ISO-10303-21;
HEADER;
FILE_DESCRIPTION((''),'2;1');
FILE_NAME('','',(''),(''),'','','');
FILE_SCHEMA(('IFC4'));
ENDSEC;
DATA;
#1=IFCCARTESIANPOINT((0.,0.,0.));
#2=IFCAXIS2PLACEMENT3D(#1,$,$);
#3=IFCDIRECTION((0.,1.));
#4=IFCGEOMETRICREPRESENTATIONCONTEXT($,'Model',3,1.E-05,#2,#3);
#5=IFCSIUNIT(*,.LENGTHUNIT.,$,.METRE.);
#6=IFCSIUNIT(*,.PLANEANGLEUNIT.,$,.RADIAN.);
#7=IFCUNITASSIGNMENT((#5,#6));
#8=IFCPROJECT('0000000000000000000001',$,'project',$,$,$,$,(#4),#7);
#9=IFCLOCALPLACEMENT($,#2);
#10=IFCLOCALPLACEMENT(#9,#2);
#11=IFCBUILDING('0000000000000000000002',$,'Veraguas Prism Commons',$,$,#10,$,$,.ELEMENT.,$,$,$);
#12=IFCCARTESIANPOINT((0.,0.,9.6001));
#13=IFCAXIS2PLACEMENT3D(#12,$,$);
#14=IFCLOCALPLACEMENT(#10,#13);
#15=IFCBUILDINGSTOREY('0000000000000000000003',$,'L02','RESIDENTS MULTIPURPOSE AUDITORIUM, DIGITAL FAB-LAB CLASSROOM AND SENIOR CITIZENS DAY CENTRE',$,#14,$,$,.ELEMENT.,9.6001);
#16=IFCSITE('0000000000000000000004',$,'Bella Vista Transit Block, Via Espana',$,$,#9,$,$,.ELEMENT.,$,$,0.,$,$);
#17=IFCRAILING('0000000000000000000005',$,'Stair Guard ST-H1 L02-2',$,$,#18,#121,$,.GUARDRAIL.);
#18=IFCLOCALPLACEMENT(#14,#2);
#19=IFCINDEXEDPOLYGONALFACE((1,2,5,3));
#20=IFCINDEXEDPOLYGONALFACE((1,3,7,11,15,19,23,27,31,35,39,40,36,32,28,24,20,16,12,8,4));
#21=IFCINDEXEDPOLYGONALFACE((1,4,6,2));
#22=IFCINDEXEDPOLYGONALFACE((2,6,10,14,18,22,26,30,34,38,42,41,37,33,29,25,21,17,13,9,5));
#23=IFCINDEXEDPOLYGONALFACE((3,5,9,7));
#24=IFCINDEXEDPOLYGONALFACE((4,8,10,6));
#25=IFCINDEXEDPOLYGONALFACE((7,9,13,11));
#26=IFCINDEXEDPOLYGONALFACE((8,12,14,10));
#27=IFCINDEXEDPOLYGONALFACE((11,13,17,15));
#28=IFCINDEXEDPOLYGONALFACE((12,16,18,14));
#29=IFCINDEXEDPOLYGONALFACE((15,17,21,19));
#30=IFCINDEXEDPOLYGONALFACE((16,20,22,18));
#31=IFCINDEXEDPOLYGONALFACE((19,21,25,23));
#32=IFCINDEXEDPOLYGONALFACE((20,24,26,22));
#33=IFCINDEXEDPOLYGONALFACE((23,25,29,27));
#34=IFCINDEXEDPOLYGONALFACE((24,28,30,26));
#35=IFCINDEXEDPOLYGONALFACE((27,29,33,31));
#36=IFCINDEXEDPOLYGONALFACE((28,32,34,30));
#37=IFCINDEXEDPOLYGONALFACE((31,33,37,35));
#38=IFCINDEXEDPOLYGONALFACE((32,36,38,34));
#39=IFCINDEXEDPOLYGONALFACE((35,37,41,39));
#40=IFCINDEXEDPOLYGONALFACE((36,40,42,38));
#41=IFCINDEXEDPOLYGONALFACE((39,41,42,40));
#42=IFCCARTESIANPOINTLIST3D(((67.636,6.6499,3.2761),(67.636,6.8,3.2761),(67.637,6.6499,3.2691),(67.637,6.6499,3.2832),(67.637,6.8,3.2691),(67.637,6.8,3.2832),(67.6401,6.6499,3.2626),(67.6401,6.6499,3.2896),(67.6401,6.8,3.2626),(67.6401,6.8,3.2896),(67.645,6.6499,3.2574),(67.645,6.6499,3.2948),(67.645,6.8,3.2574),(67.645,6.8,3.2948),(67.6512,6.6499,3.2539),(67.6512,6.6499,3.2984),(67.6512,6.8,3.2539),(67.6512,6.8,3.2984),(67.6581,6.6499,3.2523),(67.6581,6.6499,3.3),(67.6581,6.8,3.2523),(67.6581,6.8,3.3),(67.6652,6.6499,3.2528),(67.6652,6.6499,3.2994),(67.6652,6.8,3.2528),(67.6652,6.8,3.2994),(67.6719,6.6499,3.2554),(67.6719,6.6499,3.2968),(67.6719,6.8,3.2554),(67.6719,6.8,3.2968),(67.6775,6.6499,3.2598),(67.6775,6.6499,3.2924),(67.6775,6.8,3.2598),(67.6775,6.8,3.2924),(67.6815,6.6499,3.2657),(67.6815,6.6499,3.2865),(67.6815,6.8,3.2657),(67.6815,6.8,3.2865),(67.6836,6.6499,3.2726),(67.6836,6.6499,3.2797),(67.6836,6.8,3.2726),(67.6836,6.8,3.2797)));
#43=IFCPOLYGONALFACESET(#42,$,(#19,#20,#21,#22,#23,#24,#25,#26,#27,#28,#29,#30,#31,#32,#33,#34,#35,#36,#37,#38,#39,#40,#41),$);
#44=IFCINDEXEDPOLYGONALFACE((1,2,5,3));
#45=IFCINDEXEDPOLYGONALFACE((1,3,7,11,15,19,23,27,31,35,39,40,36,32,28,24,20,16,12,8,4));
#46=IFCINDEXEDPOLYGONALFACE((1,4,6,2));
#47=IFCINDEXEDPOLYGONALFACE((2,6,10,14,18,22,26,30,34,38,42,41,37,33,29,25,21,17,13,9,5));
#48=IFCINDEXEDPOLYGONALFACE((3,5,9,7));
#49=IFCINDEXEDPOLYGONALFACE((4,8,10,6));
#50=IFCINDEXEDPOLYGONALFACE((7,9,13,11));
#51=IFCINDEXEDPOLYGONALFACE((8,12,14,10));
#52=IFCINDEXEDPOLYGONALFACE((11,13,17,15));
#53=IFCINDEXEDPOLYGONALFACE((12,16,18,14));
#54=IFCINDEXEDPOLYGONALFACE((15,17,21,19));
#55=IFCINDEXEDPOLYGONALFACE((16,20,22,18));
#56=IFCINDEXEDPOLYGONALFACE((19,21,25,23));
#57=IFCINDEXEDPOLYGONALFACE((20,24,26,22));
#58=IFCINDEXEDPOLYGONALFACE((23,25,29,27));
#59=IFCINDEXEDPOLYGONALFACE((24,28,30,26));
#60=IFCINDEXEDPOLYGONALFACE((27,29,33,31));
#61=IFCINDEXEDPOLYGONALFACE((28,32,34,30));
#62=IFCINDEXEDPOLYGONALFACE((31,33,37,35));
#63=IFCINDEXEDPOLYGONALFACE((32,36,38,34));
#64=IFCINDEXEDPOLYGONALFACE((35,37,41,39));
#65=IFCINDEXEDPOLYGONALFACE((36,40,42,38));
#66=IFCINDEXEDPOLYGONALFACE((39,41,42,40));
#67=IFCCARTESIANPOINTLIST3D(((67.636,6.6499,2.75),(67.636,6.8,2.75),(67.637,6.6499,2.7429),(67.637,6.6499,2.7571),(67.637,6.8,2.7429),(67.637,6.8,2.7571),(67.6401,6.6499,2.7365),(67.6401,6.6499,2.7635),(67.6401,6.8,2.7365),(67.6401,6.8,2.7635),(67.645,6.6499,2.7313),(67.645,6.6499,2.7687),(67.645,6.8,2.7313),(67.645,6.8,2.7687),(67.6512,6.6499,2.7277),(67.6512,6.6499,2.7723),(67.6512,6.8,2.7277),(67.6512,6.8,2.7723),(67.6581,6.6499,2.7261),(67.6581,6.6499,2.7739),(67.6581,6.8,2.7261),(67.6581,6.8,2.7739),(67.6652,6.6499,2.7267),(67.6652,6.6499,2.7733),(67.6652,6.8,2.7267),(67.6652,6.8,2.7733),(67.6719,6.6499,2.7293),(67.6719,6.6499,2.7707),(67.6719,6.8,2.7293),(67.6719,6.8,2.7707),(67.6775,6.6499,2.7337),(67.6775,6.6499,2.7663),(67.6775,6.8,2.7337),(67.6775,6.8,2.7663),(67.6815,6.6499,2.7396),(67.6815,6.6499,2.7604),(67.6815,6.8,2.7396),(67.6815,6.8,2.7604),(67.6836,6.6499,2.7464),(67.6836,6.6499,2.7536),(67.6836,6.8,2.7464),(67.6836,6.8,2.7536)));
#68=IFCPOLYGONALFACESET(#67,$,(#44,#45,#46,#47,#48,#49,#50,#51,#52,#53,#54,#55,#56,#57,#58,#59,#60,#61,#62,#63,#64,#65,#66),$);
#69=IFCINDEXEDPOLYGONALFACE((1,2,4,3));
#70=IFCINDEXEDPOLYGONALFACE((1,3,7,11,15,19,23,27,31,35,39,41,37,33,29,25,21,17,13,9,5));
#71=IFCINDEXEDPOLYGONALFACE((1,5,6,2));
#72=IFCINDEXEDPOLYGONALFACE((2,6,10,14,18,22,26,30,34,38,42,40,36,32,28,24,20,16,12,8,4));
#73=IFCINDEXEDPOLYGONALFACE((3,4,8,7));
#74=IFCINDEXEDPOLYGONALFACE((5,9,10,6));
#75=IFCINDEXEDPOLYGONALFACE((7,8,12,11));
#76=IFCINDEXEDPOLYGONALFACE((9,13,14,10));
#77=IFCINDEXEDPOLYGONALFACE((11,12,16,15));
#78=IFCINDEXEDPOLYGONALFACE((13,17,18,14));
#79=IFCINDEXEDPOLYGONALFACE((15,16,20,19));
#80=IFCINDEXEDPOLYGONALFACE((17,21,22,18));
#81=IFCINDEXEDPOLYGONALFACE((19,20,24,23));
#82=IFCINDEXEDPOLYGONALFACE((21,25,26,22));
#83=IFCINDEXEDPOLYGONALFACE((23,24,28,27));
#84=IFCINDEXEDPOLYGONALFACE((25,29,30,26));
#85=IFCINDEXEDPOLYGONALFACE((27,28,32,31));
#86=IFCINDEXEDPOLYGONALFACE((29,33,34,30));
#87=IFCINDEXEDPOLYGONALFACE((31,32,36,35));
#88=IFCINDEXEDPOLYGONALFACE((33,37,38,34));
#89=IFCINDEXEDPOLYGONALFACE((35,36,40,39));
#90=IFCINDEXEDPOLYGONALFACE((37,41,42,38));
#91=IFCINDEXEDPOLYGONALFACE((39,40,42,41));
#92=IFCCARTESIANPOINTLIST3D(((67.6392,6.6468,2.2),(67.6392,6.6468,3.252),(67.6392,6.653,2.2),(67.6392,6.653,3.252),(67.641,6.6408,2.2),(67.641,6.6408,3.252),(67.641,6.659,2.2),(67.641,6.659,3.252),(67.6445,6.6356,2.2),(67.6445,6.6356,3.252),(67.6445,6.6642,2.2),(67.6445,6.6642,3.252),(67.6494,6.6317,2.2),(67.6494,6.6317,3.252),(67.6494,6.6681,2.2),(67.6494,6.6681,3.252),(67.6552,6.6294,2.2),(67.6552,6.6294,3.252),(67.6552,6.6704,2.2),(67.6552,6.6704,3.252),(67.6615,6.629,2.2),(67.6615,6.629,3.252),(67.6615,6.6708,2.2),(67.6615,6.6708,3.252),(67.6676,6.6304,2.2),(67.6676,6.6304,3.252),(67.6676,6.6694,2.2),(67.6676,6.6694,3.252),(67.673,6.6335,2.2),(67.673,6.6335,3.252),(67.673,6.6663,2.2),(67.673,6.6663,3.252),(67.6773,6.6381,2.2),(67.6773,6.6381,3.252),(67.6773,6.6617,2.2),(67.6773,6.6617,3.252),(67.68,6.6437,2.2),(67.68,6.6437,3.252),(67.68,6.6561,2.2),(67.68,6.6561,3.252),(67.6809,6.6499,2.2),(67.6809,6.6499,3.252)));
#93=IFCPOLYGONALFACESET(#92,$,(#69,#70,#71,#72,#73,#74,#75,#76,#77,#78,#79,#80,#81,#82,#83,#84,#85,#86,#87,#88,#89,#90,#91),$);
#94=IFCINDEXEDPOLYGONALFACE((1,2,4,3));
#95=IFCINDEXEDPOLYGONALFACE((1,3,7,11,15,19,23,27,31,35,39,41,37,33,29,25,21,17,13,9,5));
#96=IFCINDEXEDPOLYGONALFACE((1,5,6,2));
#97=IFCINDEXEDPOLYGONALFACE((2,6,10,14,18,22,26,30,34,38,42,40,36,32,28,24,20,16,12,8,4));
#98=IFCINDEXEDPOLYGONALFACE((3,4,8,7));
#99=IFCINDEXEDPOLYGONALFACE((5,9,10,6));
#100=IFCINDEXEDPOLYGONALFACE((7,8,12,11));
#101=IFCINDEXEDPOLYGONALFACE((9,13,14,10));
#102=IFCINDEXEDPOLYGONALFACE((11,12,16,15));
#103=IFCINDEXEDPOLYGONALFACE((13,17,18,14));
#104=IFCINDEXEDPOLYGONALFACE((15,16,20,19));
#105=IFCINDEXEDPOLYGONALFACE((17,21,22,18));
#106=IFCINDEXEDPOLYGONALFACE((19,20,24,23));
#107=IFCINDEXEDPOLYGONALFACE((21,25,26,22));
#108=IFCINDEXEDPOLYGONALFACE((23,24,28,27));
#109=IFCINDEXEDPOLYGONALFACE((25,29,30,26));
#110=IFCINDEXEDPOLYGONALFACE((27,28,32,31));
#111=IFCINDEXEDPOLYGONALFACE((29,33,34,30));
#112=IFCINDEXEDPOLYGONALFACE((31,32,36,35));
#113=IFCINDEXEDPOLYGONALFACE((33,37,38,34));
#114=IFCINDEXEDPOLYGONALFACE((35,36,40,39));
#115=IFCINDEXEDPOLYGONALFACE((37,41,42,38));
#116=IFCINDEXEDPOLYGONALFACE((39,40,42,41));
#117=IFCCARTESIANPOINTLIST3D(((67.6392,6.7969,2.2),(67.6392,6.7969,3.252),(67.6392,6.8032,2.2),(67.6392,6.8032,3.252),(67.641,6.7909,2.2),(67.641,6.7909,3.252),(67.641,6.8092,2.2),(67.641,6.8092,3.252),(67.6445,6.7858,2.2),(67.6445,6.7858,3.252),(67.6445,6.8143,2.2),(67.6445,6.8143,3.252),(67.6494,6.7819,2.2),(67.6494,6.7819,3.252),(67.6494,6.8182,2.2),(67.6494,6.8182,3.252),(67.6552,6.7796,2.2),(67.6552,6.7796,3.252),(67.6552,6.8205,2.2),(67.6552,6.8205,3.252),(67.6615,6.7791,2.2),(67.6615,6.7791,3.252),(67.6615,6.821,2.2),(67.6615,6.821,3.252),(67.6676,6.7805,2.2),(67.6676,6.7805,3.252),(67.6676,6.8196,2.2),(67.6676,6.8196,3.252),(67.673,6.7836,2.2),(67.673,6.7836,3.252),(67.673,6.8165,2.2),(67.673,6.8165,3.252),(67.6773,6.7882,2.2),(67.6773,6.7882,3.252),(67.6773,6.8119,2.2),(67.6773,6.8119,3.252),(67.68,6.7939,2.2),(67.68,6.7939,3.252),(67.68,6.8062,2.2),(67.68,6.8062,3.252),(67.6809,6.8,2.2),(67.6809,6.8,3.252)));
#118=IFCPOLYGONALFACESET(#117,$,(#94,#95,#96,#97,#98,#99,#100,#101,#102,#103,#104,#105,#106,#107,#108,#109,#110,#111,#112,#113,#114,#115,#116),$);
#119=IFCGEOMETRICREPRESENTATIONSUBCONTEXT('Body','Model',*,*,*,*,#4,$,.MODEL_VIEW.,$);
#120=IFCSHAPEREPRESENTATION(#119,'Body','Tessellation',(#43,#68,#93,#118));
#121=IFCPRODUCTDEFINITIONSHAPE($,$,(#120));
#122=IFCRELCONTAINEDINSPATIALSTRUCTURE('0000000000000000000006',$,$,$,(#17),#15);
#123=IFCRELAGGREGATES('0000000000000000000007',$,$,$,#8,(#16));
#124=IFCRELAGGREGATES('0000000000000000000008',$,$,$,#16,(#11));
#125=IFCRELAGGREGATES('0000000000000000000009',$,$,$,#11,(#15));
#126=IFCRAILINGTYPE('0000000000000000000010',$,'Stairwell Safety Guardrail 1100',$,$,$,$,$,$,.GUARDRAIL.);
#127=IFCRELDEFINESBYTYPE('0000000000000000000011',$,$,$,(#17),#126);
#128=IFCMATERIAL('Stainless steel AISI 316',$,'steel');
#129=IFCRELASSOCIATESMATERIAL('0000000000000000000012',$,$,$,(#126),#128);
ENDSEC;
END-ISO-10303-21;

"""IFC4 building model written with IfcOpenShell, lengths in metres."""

from ifc_helpers import new_model, si_unit, direction, frame, origin, origin_2d, place, context, subcontext, project, spatial, circle, extrude, material, type_object, element, save


model = new_model("IFC4")

# Units and contexts
model_context = context("Model", 3, precision=1e-05, world=origin(), true_north=direction((0.0, 1.0)))
body_context = subcontext(model_context, "Body", "Model", "MODEL_VIEW")
ifc_project = project(units=[si_unit("LENGTHUNIT", "METRE"), si_unit("PLANEANGLEUNIT", "RADIAN")], contexts=[model_context])

# Site, building, storey
site_placement = place(None, origin())
site = spatial("IfcSite", under=ifc_project, at=site_placement, Name="Bella Vista Transit Block, Via Espana", CompositionType="ELEMENT", RefElevation=0.0)
building_placement = place(site_placement, origin())
building = spatial("IfcBuilding", under=site, at=building_placement, Name="Veraguas Prism Commons", CompositionType="ELEMENT")
storey_placement = place(building_placement, frame((0.0, 0.0, 9.6001)))
storey = spatial("IfcBuildingStorey", under=building, at=storey_placement, Name="L02", Description="RESIDENTS MULTIPURPOSE AUDITORIUM, DIGITAL FAB-LAB CLASSROOM AND SENIOR CITIZENS DAY CENTRE", CompositionType="ELEMENT", Elevation=9.6001)

# Railing
ifc_material_1 = material(Name="Stainless steel AISI 316", Category="steel")
railing_type_1 = type_object("IfcRailingType", Name="Stairwell Safety Guardrail 1100", PredefinedType="GUARDRAIL", material=ifc_material_1)
railing_1_placement = place(storey_placement, frame((67.6599, 6.6499, 2.2)))
element("IfcRailing", 1, at=railing_1_placement, inside=storey, type_object=railing_type_1, Name="Stair Guard ST-H1 L02-2", PredefinedType="GUARDRAIL", context=body_context, shape_type="SweptSolid", body=[
    extrude(circle(Radius=0.0239, at=origin_2d()), frame((0.0, 0.0, 1.0762), z_axis=(0.0, 1.0, 0.0), x_axis=(-1.0, 0.0, 0.0)), (0.0, 0.0, 1.0), 0.1501),
    extrude(circle(Radius=0.0239, at=origin_2d()), frame((0.0, 0.0, 0.55), z_axis=(0.0, 1.0, 0.0), x_axis=(-1.0, 0.0, 0.0)), (0.0, 0.0, 1.0), 0.1501),
    extrude(circle(Radius=0.021, at=origin_2d()), origin(), (0.0, 0.0, 1.0), 1.052),
    extrude(circle(Radius=0.021, at=origin_2d()), frame((0.0, 0.1501, 0.0)), (0.0, 0.0, 1.0), 1.052),
])

save(model, "model.ifc")
